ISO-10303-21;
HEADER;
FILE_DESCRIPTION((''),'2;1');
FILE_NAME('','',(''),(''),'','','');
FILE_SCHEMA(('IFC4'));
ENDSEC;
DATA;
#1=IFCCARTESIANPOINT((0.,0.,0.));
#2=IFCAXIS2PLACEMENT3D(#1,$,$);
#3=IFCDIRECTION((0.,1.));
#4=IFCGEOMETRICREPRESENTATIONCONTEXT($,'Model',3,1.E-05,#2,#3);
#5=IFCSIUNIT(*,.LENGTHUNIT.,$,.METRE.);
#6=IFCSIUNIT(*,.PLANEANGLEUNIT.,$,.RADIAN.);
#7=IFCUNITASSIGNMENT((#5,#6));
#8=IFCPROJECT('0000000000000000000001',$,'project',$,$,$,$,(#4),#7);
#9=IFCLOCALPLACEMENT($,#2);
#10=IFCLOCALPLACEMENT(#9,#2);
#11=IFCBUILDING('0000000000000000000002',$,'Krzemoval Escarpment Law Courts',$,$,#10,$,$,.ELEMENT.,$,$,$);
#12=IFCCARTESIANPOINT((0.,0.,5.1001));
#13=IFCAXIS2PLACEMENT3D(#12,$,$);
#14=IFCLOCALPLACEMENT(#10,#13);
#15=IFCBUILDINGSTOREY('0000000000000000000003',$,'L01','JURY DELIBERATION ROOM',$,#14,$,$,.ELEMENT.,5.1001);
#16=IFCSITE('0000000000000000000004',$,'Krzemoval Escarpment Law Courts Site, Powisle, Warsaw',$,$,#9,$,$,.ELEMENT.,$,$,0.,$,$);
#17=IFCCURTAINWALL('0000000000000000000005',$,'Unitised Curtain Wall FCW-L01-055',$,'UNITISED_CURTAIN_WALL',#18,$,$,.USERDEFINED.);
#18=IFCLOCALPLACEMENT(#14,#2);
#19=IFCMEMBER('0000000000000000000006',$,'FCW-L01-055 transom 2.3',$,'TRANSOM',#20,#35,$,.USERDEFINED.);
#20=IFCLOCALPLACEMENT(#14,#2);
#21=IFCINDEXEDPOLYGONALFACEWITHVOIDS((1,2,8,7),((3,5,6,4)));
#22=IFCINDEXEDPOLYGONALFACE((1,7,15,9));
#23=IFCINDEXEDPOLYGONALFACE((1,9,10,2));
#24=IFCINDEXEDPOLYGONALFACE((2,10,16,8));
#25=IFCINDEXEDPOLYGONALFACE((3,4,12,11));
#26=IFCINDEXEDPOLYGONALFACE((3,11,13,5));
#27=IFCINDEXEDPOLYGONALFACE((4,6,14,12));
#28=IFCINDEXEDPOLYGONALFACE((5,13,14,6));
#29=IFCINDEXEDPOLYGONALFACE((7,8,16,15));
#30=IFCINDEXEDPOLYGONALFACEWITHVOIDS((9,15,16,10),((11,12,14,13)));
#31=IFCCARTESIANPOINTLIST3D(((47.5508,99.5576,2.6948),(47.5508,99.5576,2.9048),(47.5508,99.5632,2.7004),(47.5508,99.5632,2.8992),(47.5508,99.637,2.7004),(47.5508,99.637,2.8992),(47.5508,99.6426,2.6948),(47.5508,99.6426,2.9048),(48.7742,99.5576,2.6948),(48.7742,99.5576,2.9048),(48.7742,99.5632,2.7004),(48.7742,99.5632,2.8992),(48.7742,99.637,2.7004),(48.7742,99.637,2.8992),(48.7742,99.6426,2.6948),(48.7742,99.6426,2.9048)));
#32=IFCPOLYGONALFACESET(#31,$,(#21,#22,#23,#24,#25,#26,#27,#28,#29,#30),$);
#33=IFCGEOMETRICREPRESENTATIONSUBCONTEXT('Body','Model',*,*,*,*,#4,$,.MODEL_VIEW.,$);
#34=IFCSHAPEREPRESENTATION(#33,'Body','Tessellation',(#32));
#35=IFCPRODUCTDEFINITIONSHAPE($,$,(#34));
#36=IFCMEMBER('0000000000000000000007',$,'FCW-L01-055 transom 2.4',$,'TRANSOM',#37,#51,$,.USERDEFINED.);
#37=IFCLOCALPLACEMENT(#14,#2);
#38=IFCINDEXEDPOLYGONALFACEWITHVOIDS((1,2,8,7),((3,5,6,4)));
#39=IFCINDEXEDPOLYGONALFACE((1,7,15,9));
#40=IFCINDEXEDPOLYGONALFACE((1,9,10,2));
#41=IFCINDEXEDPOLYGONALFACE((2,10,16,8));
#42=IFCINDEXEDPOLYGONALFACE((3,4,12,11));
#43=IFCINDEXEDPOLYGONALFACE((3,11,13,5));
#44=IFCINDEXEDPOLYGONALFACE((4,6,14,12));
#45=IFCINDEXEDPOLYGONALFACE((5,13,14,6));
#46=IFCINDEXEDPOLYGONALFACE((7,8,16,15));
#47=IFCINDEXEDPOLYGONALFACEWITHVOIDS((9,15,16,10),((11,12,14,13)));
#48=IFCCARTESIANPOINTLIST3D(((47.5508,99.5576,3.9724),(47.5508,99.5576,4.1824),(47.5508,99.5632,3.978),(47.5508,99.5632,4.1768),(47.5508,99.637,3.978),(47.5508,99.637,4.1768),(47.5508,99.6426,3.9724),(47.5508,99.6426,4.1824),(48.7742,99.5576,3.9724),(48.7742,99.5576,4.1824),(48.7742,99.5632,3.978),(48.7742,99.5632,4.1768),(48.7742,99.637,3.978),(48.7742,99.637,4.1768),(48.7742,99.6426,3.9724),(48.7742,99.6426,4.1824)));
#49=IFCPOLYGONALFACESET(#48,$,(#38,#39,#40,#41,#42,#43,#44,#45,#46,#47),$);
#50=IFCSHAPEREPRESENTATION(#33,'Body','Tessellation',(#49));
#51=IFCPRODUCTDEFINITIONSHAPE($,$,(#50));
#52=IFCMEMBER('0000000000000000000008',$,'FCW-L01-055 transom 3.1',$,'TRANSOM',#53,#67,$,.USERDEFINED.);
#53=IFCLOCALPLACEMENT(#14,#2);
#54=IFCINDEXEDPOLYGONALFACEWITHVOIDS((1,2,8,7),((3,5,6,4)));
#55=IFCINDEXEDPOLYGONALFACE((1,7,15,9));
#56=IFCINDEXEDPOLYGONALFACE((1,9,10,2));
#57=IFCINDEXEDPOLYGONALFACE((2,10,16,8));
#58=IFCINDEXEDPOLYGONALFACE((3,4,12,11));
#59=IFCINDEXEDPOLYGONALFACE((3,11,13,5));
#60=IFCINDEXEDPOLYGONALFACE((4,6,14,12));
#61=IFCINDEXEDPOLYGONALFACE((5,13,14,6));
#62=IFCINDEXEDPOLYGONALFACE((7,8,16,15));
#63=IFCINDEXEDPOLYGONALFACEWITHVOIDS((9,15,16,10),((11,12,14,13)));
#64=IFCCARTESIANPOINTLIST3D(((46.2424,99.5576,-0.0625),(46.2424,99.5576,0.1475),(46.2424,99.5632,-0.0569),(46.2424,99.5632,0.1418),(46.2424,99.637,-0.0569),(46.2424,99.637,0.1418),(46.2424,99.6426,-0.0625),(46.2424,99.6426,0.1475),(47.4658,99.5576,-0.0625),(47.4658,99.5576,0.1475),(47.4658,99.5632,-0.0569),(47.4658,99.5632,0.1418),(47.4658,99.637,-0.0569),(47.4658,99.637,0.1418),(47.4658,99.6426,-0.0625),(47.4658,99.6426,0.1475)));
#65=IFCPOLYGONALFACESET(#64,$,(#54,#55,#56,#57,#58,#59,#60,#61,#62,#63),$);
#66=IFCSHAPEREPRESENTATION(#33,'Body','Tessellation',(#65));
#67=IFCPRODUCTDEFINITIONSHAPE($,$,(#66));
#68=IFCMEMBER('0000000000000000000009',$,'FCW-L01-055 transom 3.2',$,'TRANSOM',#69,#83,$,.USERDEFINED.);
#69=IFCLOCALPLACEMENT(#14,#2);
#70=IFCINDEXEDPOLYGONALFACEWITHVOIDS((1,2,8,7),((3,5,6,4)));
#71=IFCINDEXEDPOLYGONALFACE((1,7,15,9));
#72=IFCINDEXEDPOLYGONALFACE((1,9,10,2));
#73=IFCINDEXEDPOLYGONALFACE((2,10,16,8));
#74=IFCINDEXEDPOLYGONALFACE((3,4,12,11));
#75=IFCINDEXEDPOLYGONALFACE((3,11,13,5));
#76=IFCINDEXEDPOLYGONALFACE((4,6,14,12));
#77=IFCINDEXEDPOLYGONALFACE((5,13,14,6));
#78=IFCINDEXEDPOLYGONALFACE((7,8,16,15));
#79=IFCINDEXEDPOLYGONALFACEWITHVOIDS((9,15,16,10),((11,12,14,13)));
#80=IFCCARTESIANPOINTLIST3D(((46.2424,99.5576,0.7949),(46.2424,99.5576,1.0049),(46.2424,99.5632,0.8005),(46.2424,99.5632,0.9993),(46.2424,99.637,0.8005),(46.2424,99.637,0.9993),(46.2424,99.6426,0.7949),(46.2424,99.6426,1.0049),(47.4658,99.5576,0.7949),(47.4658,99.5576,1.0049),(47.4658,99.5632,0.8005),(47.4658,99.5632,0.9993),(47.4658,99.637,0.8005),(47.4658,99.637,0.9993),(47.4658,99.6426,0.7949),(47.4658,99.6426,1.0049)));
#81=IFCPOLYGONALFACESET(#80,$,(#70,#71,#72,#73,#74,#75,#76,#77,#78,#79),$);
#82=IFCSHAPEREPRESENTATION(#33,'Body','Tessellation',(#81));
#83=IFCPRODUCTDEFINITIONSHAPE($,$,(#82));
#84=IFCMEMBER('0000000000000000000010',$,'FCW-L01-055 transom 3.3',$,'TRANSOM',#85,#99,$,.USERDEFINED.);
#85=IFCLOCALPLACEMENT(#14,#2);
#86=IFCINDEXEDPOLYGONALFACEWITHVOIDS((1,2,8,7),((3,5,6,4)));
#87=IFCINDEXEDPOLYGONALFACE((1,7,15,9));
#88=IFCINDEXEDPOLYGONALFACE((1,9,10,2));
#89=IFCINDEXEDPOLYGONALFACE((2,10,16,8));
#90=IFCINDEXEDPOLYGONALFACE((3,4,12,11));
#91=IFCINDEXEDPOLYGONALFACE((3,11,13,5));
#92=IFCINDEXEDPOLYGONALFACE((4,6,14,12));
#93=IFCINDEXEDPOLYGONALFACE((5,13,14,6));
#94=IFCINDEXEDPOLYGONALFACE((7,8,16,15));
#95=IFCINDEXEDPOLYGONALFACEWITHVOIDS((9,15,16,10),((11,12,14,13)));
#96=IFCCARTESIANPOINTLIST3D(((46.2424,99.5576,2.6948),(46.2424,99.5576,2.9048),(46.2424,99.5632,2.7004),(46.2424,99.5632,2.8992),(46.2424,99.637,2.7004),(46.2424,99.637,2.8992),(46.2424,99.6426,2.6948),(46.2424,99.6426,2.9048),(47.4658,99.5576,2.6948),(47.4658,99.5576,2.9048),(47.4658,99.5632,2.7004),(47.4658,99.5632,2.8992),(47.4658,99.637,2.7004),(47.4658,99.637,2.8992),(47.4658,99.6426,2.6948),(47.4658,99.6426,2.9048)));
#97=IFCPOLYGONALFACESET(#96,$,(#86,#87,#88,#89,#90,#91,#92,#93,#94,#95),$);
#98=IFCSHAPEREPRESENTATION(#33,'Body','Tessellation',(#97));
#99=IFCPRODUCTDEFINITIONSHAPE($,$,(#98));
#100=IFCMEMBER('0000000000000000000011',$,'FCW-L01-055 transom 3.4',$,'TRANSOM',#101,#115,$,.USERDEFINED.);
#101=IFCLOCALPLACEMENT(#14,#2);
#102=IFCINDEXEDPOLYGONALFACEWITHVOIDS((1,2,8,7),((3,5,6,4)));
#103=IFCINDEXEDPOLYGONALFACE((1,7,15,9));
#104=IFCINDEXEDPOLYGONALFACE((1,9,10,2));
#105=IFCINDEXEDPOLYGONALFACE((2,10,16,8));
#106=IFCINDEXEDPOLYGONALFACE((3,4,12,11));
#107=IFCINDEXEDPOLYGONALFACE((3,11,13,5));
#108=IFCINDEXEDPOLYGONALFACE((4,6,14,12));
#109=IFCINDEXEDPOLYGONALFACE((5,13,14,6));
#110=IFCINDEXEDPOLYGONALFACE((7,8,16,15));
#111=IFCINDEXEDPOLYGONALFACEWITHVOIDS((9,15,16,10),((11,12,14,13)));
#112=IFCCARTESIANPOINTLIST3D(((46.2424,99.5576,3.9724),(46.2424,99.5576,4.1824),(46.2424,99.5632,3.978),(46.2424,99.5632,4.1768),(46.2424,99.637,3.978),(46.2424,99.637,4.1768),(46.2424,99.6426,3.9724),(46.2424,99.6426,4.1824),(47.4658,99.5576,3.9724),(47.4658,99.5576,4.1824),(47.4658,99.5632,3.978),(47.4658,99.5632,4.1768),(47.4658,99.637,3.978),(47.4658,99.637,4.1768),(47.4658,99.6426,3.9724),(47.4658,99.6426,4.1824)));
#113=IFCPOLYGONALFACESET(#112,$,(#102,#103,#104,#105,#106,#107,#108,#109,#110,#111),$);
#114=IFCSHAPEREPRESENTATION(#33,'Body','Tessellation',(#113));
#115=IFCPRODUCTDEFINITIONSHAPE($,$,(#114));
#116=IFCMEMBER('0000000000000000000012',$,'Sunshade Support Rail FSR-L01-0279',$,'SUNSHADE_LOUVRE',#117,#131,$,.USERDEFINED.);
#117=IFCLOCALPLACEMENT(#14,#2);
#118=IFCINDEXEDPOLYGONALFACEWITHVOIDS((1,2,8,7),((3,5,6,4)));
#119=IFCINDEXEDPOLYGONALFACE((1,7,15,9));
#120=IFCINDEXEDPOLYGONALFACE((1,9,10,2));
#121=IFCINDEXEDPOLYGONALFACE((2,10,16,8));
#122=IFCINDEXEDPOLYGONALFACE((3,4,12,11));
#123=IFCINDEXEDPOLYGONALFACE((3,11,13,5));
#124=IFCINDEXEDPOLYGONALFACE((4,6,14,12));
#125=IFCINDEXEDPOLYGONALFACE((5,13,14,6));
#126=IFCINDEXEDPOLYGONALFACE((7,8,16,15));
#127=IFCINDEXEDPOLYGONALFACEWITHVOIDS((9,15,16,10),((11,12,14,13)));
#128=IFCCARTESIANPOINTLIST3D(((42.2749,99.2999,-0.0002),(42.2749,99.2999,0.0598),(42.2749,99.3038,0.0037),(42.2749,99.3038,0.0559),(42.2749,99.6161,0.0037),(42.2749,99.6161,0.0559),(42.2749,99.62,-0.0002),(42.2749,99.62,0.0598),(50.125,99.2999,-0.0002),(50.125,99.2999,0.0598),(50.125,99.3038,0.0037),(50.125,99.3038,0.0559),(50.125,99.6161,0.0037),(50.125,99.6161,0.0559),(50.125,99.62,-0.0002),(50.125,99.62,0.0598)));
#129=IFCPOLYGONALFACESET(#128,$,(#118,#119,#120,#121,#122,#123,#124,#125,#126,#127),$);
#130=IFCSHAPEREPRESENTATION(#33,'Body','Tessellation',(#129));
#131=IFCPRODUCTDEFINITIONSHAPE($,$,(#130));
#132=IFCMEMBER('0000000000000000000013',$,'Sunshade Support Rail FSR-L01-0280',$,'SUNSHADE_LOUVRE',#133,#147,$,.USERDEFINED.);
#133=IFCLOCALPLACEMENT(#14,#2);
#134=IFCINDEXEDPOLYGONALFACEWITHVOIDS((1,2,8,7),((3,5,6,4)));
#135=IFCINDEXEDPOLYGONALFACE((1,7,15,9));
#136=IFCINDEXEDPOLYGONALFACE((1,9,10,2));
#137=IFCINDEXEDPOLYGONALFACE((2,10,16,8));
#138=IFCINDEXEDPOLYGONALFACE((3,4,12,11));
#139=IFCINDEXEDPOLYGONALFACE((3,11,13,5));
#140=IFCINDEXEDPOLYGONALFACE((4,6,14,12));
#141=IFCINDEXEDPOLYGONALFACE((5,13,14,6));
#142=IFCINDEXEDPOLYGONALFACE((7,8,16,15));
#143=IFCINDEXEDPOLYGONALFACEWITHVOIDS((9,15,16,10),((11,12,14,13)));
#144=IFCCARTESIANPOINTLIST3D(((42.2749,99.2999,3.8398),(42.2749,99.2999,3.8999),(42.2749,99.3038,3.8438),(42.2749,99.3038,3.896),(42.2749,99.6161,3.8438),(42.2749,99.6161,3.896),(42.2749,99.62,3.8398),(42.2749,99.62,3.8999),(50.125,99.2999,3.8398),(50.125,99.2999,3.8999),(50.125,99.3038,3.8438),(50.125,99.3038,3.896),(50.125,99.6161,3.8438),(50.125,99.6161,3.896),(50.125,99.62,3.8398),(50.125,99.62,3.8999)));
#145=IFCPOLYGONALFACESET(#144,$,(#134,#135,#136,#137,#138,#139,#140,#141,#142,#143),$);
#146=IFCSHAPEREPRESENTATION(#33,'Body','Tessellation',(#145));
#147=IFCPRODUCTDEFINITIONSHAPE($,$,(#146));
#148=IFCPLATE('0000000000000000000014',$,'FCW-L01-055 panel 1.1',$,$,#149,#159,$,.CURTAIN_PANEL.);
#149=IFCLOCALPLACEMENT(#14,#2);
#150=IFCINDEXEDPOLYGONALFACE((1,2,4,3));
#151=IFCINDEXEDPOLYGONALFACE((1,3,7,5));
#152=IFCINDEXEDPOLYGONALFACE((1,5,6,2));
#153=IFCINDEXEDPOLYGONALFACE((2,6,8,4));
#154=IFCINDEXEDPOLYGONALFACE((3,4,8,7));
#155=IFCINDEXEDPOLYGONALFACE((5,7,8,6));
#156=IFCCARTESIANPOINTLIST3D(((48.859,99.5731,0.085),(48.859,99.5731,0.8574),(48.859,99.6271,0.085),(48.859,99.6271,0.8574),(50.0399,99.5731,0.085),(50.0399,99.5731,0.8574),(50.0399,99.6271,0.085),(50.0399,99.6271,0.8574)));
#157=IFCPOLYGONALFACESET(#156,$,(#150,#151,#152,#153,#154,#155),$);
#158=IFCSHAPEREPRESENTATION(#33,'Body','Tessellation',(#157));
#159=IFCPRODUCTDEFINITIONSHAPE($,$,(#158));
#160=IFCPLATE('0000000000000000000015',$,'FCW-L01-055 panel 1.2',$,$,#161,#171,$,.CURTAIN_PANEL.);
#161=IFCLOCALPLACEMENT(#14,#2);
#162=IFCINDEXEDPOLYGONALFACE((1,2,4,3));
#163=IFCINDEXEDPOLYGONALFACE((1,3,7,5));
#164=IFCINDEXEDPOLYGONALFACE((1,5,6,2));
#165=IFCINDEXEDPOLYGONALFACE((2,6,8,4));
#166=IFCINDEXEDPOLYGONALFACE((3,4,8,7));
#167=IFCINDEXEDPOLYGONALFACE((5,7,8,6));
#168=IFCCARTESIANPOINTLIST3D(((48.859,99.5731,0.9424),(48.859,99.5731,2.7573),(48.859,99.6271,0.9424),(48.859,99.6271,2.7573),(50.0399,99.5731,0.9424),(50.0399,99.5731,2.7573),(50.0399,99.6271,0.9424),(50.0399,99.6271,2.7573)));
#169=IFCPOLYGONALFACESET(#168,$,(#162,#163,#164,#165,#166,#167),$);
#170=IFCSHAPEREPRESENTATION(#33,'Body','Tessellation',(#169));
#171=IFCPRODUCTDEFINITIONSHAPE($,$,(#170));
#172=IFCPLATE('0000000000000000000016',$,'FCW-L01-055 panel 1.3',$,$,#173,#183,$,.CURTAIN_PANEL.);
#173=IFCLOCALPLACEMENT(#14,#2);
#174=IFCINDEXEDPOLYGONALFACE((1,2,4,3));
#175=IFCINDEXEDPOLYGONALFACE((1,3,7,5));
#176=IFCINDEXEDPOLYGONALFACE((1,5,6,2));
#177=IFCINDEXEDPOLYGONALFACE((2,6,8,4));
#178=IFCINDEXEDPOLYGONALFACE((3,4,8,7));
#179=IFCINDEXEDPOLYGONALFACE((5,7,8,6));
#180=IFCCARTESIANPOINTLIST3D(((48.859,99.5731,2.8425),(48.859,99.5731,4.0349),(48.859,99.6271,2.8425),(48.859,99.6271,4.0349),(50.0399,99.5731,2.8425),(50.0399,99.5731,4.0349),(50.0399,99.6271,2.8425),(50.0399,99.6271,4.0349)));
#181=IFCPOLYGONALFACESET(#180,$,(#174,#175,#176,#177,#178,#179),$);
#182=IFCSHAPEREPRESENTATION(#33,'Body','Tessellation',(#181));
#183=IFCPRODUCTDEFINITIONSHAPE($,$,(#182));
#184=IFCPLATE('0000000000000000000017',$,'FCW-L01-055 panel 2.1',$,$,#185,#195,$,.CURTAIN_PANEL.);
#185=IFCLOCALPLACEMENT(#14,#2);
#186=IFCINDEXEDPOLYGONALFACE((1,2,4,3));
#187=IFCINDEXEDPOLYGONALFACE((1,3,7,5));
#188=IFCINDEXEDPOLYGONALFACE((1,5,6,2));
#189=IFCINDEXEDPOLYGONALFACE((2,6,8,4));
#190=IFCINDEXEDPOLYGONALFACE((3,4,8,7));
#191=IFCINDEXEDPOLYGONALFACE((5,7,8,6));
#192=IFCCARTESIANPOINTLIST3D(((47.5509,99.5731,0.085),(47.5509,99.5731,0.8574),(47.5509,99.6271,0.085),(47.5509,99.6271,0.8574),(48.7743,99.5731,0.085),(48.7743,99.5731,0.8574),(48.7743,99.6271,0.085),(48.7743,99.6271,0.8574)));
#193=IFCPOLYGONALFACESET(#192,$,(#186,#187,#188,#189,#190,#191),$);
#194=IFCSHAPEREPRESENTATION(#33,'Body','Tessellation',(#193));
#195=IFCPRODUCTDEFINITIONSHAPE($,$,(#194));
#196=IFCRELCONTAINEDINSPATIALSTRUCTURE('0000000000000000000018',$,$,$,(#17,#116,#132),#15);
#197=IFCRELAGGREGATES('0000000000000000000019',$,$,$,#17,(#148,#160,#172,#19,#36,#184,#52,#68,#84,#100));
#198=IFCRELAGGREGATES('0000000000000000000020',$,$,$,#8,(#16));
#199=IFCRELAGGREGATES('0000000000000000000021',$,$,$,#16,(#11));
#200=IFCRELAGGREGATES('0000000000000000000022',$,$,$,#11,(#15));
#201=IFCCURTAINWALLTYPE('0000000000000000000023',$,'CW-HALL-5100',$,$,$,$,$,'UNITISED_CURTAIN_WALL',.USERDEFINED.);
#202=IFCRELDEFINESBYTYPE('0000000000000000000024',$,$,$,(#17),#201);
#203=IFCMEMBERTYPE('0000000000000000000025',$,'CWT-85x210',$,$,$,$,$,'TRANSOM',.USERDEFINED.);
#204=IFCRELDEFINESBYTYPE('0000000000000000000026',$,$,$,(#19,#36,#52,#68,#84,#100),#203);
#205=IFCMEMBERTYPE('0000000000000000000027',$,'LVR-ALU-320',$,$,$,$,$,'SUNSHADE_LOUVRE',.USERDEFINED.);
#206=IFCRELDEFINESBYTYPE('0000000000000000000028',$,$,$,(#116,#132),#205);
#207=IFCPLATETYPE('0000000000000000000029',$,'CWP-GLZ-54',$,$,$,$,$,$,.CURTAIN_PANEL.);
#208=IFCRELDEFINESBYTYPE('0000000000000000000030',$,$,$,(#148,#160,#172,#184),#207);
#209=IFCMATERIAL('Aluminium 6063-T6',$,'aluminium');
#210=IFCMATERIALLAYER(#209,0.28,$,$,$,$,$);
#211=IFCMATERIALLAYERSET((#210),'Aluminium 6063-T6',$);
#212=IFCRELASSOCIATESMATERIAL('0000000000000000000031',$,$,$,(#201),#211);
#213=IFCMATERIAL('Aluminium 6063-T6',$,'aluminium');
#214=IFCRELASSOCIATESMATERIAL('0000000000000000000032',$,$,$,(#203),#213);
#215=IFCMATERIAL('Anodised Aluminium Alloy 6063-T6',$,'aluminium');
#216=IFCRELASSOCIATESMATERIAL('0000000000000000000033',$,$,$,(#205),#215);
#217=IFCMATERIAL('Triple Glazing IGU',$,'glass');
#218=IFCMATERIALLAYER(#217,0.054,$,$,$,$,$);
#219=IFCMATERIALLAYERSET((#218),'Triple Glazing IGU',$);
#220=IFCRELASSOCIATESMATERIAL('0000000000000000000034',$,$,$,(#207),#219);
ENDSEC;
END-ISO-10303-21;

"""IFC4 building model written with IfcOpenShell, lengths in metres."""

from ifc_helpers import new_model, si_unit, direction, frame, origin, origin_2d, place, context, subcontext, project, spatial, rectangle, hollow_rectangle, extrude, material, layer, layer_set, material_profile, profile_set, type_object, element, aggregate, save


model = new_model("IFC4")

# Units and contexts
model_context = context("Model", 3, precision=1e-05, world=origin(), true_north=direction((0.0, 1.0)))
body_context = subcontext(model_context, "Body", "Model", "MODEL_VIEW")
ifc_project = project(units=[si_unit("LENGTHUNIT", "METRE"), si_unit("PLANEANGLEUNIT", "RADIAN")], contexts=[model_context])

# Site, building, storey
site_placement = place(None, origin())
site = spatial("IfcSite", under=ifc_project, at=site_placement, Name="Krzemoval Escarpment Law Courts Site, Powisle, Warsaw", CompositionType="ELEMENT", RefElevation=0.0)
building_placement = place(site_placement, origin())
building = spatial("IfcBuilding", under=site, at=building_placement, Name="Krzemoval Escarpment Law Courts", CompositionType="ELEMENT")
storey_placement = place(building_placement, frame((0.0, 0.0, 5.1001)))
storey = spatial("IfcBuildingStorey", under=building, at=storey_placement, Name="L01", Description="JURY DELIBERATION ROOM", CompositionType="ELEMENT", Elevation=5.1001)

# Curtain wall, members
ifc_material_1 = material(Name="Aluminium 6063-T6", Category="aluminium")
ifc_layer_1 = layer(ifc_material_1, 0.28)
ifc_layer_set_1 = layer_set([ifc_layer_1], Name="Aluminium 6063-T6")
curtain_wall_type = type_object("IfcCurtainWallType", Name="CW-HALL-5100", ElementType="UNITISED_CURTAIN_WALL", PredefinedType="USERDEFINED", material=ifc_layer_set_1)
curtain_wall_placement = place(storey_placement, origin())
curtain_wall = element("IfcCurtainWall", 1, at=curtain_wall_placement, inside=storey, type_object=curtain_wall_type, Name="Unitised Curtain Wall FCW-L01-055", ObjectType="UNITISED_CURTAIN_WALL", PredefinedType="USERDEFINED")
ifc_material_2 = material(Name="Aluminium 6063-T6", Category="aluminium")
ifc_material_profile_1 = material_profile(ifc_material_2, hollow_rectangle(XDim=0.085, YDim=0.21, WallThickness=0.0056, at=origin_2d()), Name="ALU T85x210")
ifc_profile_set_1 = profile_set([ifc_material_profile_1], Name="Aluminium 6063-T6")
member_type_1 = type_object("IfcMemberType", Name="CWT-85x210", ElementType="TRANSOM", PredefinedType="USERDEFINED", material=ifc_profile_set_1)
member_1_placement = place(storey_placement, frame((48.7742, 99.6001, 2.7998), z_axis=(-1.0, 0.0, 0.0), x_axis=(0.0, -1.0, 0.0)))
member_1 = element("IfcMember", 2, at=member_1_placement, type_object=member_type_1, Name="FCW-L01-055 transom 2.3", ObjectType="TRANSOM", PredefinedType="USERDEFINED", context=body_context, shape_type="SweptSolid", body=[
    extrude(hollow_rectangle(XDim=0.085, YDim=0.21, WallThickness=0.0056, at=origin_2d()), origin(), (0.0, 0.0, 1.0), 1.2234),
])
member_2_placement = place(storey_placement, frame((48.7742, 99.6001, 4.0774), z_axis=(-1.0, 0.0, 0.0), x_axis=(0.0, -1.0, 0.0)))
member_2 = element("IfcMember", 3, at=member_2_placement, type_object=member_type_1, Name="FCW-L01-055 transom 2.4", ObjectType="TRANSOM", PredefinedType="USERDEFINED", context=body_context, shape_type="SweptSolid", body=[
    extrude(hollow_rectangle(XDim=0.085, YDim=0.21, WallThickness=0.0056, at=origin_2d()), origin(), (0.0, 0.0, 1.0), 1.2234),
])
member_3_placement = place(storey_placement, frame((47.4658, 99.6001, 0.0425), z_axis=(-1.0, 0.0, 0.0), x_axis=(0.0, -1.0, 0.0)))
member_3 = element("IfcMember", 4, at=member_3_placement, type_object=member_type_1, Name="FCW-L01-055 transom 3.1", ObjectType="TRANSOM", PredefinedType="USERDEFINED", context=body_context, shape_type="SweptSolid", body=[
    extrude(hollow_rectangle(XDim=0.085, YDim=0.21, WallThickness=0.0056, at=origin_2d()), origin(), (0.0, 0.0, 1.0), 1.2234),
])
member_4_placement = place(storey_placement, frame((47.4658, 99.6001, 0.8999), z_axis=(-1.0, 0.0, 0.0), x_axis=(0.0, -1.0, 0.0)))
member_4 = element("IfcMember", 5, at=member_4_placement, type_object=member_type_1, Name="FCW-L01-055 transom 3.2", ObjectType="TRANSOM", PredefinedType="USERDEFINED", context=body_context, shape_type="SweptSolid", body=[
    extrude(hollow_rectangle(XDim=0.085, YDim=0.21, WallThickness=0.0056, at=origin_2d()), origin(), (0.0, 0.0, 1.0), 1.2234),
])
member_5_placement = place(storey_placement, frame((47.4658, 99.6001, 2.7998), z_axis=(-1.0, 0.0, 0.0), x_axis=(0.0, -1.0, 0.0)))
member_5 = element("IfcMember", 6, at=member_5_placement, type_object=member_type_1, Name="FCW-L01-055 transom 3.3", ObjectType="TRANSOM", PredefinedType="USERDEFINED", context=body_context, shape_type="SweptSolid", body=[
    extrude(hollow_rectangle(XDim=0.085, YDim=0.21, WallThickness=0.0056, at=origin_2d()), origin(), (0.0, 0.0, 1.0), 1.2234),
])
member_6_placement = place(storey_placement, frame((47.4658, 99.6001, 4.0774), z_axis=(-1.0, 0.0, 0.0), x_axis=(0.0, -1.0, 0.0)))
member_6 = element("IfcMember", 7, at=member_6_placement, type_object=member_type_1, Name="FCW-L01-055 transom 3.4", ObjectType="TRANSOM", PredefinedType="USERDEFINED", context=body_context, shape_type="SweptSolid", body=[
    extrude(hollow_rectangle(XDim=0.085, YDim=0.21, WallThickness=0.0056, at=origin_2d()), origin(), (0.0, 0.0, 1.0), 1.2234),
])

# Members
ifc_material_3 = material(Name="Anodised Aluminium Alloy 6063-T6", Category="aluminium")
ifc_material_profile_2 = material_profile(ifc_material_3, hollow_rectangle(XDim=0.0601, YDim=0.3201, WallThickness=0.0039, at=origin_2d()), Name="ALU LVR 60x320")
ifc_profile_set_2 = profile_set([ifc_material_profile_2], Name="Anodised Aluminium Alloy 6063-T6")
member_type_2 = type_object("IfcMemberType", Name="LVR-ALU-320", ElementType="SUNSHADE_LOUVRE", PredefinedType="USERDEFINED", material=ifc_profile_set_2)
for number, where, z_axis, x_axis, name in (
    (8, (50.125, 99.46, 0.0298), (-1.0, 0.0, 0.0), (0.0, 0.0, 1.0), "Sunshade Support Rail FSR-L01-0279"),
    (9, (50.125, 99.46, 3.8699), (-1.0, 0.0, 0.0), (0.0, 0.0, 1.0), "Sunshade Support Rail FSR-L01-0280"),
):
    element("IfcMember", number, at=place(storey_placement, frame(where, z_axis=z_axis, x_axis=x_axis)), inside=storey, type_object=member_type_2, Name=name, ObjectType="SUNSHADE_LOUVRE", PredefinedType="USERDEFINED", context=body_context, shape_type="SweptSolid", body=[
        extrude(hollow_rectangle(XDim=0.0601, YDim=0.3201, WallThickness=0.0039, at=origin_2d()), origin(), (0.0, 0.0, 1.0), 7.8501),
    ])

# Plates
ifc_material_4 = material(Name="Triple Glazing IGU", Category="glass")
ifc_layer_2 = layer(ifc_material_4, 0.054)
ifc_layer_set_2 = layer_set([ifc_layer_2], Name="Triple Glazing IGU")
plate_type = type_object("IfcPlateType", Name="CWP-GLZ-54", PredefinedType="CURTAIN_PANEL", material=ifc_layer_set_2)
plate_1_placement = place(storey_placement, frame((49.4495, 99.6001, 0.085), z_axis=(0.0, 0.0, 1.0), x_axis=(-1.0, 0.0, 0.0)))
plate_1 = element("IfcPlate", 10, at=plate_1_placement, type_object=plate_type, Name="FCW-L01-055 panel 1.1", PredefinedType="CURTAIN_PANEL", context=body_context, shape_type="SweptSolid", body=[
    extrude(rectangle(XDim=1.1809, YDim=0.054, at=origin_2d()), origin(), (0.0, 0.0, 1.0), 0.7725),
])
plate_2_placement = place(storey_placement, frame((49.4495, 99.6001, 0.9424), z_axis=(0.0, 0.0, 1.0), x_axis=(-1.0, 0.0, 0.0)))
plate_2 = element("IfcPlate", 11, at=plate_2_placement, type_object=plate_type, Name="FCW-L01-055 panel 1.2", PredefinedType="CURTAIN_PANEL", context=body_context, shape_type="SweptSolid", body=[
    extrude(rectangle(XDim=1.1809, YDim=0.054, at=origin_2d()), origin(), (0.0, 0.0, 1.0), 1.8149),
])
plate_3_placement = place(storey_placement, frame((49.4495, 99.6001, 2.8425), z_axis=(0.0, 0.0, 1.0), x_axis=(-1.0, 0.0, 0.0)))
plate_3 = element("IfcPlate", 12, at=plate_3_placement, type_object=plate_type, Name="FCW-L01-055 panel 1.3", PredefinedType="CURTAIN_PANEL", context=body_context, shape_type="SweptSolid", body=[
    extrude(rectangle(XDim=1.1809, YDim=0.054, at=origin_2d()), origin(), (0.0, 0.0, 1.0), 1.1924),
])
plate_4_placement = place(storey_placement, frame((48.1626, 99.6001, 0.085), z_axis=(0.0, 0.0, 1.0), x_axis=(-1.0, 0.0, 0.0)))
plate_4 = element("IfcPlate", 13, at=plate_4_placement, type_object=plate_type, Name="FCW-L01-055 panel 2.1", PredefinedType="CURTAIN_PANEL", context=body_context, shape_type="SweptSolid", body=[
    extrude(rectangle(XDim=1.2234, YDim=0.054, at=origin_2d()), origin(), (0.0, 0.0, 1.0), 0.7725),
])
aggregate(curtain_wall, [plate_1, plate_2, plate_3, member_1, member_2, plate_4, member_3, member_4, member_5, member_6])

save(model, "model.ifc")
